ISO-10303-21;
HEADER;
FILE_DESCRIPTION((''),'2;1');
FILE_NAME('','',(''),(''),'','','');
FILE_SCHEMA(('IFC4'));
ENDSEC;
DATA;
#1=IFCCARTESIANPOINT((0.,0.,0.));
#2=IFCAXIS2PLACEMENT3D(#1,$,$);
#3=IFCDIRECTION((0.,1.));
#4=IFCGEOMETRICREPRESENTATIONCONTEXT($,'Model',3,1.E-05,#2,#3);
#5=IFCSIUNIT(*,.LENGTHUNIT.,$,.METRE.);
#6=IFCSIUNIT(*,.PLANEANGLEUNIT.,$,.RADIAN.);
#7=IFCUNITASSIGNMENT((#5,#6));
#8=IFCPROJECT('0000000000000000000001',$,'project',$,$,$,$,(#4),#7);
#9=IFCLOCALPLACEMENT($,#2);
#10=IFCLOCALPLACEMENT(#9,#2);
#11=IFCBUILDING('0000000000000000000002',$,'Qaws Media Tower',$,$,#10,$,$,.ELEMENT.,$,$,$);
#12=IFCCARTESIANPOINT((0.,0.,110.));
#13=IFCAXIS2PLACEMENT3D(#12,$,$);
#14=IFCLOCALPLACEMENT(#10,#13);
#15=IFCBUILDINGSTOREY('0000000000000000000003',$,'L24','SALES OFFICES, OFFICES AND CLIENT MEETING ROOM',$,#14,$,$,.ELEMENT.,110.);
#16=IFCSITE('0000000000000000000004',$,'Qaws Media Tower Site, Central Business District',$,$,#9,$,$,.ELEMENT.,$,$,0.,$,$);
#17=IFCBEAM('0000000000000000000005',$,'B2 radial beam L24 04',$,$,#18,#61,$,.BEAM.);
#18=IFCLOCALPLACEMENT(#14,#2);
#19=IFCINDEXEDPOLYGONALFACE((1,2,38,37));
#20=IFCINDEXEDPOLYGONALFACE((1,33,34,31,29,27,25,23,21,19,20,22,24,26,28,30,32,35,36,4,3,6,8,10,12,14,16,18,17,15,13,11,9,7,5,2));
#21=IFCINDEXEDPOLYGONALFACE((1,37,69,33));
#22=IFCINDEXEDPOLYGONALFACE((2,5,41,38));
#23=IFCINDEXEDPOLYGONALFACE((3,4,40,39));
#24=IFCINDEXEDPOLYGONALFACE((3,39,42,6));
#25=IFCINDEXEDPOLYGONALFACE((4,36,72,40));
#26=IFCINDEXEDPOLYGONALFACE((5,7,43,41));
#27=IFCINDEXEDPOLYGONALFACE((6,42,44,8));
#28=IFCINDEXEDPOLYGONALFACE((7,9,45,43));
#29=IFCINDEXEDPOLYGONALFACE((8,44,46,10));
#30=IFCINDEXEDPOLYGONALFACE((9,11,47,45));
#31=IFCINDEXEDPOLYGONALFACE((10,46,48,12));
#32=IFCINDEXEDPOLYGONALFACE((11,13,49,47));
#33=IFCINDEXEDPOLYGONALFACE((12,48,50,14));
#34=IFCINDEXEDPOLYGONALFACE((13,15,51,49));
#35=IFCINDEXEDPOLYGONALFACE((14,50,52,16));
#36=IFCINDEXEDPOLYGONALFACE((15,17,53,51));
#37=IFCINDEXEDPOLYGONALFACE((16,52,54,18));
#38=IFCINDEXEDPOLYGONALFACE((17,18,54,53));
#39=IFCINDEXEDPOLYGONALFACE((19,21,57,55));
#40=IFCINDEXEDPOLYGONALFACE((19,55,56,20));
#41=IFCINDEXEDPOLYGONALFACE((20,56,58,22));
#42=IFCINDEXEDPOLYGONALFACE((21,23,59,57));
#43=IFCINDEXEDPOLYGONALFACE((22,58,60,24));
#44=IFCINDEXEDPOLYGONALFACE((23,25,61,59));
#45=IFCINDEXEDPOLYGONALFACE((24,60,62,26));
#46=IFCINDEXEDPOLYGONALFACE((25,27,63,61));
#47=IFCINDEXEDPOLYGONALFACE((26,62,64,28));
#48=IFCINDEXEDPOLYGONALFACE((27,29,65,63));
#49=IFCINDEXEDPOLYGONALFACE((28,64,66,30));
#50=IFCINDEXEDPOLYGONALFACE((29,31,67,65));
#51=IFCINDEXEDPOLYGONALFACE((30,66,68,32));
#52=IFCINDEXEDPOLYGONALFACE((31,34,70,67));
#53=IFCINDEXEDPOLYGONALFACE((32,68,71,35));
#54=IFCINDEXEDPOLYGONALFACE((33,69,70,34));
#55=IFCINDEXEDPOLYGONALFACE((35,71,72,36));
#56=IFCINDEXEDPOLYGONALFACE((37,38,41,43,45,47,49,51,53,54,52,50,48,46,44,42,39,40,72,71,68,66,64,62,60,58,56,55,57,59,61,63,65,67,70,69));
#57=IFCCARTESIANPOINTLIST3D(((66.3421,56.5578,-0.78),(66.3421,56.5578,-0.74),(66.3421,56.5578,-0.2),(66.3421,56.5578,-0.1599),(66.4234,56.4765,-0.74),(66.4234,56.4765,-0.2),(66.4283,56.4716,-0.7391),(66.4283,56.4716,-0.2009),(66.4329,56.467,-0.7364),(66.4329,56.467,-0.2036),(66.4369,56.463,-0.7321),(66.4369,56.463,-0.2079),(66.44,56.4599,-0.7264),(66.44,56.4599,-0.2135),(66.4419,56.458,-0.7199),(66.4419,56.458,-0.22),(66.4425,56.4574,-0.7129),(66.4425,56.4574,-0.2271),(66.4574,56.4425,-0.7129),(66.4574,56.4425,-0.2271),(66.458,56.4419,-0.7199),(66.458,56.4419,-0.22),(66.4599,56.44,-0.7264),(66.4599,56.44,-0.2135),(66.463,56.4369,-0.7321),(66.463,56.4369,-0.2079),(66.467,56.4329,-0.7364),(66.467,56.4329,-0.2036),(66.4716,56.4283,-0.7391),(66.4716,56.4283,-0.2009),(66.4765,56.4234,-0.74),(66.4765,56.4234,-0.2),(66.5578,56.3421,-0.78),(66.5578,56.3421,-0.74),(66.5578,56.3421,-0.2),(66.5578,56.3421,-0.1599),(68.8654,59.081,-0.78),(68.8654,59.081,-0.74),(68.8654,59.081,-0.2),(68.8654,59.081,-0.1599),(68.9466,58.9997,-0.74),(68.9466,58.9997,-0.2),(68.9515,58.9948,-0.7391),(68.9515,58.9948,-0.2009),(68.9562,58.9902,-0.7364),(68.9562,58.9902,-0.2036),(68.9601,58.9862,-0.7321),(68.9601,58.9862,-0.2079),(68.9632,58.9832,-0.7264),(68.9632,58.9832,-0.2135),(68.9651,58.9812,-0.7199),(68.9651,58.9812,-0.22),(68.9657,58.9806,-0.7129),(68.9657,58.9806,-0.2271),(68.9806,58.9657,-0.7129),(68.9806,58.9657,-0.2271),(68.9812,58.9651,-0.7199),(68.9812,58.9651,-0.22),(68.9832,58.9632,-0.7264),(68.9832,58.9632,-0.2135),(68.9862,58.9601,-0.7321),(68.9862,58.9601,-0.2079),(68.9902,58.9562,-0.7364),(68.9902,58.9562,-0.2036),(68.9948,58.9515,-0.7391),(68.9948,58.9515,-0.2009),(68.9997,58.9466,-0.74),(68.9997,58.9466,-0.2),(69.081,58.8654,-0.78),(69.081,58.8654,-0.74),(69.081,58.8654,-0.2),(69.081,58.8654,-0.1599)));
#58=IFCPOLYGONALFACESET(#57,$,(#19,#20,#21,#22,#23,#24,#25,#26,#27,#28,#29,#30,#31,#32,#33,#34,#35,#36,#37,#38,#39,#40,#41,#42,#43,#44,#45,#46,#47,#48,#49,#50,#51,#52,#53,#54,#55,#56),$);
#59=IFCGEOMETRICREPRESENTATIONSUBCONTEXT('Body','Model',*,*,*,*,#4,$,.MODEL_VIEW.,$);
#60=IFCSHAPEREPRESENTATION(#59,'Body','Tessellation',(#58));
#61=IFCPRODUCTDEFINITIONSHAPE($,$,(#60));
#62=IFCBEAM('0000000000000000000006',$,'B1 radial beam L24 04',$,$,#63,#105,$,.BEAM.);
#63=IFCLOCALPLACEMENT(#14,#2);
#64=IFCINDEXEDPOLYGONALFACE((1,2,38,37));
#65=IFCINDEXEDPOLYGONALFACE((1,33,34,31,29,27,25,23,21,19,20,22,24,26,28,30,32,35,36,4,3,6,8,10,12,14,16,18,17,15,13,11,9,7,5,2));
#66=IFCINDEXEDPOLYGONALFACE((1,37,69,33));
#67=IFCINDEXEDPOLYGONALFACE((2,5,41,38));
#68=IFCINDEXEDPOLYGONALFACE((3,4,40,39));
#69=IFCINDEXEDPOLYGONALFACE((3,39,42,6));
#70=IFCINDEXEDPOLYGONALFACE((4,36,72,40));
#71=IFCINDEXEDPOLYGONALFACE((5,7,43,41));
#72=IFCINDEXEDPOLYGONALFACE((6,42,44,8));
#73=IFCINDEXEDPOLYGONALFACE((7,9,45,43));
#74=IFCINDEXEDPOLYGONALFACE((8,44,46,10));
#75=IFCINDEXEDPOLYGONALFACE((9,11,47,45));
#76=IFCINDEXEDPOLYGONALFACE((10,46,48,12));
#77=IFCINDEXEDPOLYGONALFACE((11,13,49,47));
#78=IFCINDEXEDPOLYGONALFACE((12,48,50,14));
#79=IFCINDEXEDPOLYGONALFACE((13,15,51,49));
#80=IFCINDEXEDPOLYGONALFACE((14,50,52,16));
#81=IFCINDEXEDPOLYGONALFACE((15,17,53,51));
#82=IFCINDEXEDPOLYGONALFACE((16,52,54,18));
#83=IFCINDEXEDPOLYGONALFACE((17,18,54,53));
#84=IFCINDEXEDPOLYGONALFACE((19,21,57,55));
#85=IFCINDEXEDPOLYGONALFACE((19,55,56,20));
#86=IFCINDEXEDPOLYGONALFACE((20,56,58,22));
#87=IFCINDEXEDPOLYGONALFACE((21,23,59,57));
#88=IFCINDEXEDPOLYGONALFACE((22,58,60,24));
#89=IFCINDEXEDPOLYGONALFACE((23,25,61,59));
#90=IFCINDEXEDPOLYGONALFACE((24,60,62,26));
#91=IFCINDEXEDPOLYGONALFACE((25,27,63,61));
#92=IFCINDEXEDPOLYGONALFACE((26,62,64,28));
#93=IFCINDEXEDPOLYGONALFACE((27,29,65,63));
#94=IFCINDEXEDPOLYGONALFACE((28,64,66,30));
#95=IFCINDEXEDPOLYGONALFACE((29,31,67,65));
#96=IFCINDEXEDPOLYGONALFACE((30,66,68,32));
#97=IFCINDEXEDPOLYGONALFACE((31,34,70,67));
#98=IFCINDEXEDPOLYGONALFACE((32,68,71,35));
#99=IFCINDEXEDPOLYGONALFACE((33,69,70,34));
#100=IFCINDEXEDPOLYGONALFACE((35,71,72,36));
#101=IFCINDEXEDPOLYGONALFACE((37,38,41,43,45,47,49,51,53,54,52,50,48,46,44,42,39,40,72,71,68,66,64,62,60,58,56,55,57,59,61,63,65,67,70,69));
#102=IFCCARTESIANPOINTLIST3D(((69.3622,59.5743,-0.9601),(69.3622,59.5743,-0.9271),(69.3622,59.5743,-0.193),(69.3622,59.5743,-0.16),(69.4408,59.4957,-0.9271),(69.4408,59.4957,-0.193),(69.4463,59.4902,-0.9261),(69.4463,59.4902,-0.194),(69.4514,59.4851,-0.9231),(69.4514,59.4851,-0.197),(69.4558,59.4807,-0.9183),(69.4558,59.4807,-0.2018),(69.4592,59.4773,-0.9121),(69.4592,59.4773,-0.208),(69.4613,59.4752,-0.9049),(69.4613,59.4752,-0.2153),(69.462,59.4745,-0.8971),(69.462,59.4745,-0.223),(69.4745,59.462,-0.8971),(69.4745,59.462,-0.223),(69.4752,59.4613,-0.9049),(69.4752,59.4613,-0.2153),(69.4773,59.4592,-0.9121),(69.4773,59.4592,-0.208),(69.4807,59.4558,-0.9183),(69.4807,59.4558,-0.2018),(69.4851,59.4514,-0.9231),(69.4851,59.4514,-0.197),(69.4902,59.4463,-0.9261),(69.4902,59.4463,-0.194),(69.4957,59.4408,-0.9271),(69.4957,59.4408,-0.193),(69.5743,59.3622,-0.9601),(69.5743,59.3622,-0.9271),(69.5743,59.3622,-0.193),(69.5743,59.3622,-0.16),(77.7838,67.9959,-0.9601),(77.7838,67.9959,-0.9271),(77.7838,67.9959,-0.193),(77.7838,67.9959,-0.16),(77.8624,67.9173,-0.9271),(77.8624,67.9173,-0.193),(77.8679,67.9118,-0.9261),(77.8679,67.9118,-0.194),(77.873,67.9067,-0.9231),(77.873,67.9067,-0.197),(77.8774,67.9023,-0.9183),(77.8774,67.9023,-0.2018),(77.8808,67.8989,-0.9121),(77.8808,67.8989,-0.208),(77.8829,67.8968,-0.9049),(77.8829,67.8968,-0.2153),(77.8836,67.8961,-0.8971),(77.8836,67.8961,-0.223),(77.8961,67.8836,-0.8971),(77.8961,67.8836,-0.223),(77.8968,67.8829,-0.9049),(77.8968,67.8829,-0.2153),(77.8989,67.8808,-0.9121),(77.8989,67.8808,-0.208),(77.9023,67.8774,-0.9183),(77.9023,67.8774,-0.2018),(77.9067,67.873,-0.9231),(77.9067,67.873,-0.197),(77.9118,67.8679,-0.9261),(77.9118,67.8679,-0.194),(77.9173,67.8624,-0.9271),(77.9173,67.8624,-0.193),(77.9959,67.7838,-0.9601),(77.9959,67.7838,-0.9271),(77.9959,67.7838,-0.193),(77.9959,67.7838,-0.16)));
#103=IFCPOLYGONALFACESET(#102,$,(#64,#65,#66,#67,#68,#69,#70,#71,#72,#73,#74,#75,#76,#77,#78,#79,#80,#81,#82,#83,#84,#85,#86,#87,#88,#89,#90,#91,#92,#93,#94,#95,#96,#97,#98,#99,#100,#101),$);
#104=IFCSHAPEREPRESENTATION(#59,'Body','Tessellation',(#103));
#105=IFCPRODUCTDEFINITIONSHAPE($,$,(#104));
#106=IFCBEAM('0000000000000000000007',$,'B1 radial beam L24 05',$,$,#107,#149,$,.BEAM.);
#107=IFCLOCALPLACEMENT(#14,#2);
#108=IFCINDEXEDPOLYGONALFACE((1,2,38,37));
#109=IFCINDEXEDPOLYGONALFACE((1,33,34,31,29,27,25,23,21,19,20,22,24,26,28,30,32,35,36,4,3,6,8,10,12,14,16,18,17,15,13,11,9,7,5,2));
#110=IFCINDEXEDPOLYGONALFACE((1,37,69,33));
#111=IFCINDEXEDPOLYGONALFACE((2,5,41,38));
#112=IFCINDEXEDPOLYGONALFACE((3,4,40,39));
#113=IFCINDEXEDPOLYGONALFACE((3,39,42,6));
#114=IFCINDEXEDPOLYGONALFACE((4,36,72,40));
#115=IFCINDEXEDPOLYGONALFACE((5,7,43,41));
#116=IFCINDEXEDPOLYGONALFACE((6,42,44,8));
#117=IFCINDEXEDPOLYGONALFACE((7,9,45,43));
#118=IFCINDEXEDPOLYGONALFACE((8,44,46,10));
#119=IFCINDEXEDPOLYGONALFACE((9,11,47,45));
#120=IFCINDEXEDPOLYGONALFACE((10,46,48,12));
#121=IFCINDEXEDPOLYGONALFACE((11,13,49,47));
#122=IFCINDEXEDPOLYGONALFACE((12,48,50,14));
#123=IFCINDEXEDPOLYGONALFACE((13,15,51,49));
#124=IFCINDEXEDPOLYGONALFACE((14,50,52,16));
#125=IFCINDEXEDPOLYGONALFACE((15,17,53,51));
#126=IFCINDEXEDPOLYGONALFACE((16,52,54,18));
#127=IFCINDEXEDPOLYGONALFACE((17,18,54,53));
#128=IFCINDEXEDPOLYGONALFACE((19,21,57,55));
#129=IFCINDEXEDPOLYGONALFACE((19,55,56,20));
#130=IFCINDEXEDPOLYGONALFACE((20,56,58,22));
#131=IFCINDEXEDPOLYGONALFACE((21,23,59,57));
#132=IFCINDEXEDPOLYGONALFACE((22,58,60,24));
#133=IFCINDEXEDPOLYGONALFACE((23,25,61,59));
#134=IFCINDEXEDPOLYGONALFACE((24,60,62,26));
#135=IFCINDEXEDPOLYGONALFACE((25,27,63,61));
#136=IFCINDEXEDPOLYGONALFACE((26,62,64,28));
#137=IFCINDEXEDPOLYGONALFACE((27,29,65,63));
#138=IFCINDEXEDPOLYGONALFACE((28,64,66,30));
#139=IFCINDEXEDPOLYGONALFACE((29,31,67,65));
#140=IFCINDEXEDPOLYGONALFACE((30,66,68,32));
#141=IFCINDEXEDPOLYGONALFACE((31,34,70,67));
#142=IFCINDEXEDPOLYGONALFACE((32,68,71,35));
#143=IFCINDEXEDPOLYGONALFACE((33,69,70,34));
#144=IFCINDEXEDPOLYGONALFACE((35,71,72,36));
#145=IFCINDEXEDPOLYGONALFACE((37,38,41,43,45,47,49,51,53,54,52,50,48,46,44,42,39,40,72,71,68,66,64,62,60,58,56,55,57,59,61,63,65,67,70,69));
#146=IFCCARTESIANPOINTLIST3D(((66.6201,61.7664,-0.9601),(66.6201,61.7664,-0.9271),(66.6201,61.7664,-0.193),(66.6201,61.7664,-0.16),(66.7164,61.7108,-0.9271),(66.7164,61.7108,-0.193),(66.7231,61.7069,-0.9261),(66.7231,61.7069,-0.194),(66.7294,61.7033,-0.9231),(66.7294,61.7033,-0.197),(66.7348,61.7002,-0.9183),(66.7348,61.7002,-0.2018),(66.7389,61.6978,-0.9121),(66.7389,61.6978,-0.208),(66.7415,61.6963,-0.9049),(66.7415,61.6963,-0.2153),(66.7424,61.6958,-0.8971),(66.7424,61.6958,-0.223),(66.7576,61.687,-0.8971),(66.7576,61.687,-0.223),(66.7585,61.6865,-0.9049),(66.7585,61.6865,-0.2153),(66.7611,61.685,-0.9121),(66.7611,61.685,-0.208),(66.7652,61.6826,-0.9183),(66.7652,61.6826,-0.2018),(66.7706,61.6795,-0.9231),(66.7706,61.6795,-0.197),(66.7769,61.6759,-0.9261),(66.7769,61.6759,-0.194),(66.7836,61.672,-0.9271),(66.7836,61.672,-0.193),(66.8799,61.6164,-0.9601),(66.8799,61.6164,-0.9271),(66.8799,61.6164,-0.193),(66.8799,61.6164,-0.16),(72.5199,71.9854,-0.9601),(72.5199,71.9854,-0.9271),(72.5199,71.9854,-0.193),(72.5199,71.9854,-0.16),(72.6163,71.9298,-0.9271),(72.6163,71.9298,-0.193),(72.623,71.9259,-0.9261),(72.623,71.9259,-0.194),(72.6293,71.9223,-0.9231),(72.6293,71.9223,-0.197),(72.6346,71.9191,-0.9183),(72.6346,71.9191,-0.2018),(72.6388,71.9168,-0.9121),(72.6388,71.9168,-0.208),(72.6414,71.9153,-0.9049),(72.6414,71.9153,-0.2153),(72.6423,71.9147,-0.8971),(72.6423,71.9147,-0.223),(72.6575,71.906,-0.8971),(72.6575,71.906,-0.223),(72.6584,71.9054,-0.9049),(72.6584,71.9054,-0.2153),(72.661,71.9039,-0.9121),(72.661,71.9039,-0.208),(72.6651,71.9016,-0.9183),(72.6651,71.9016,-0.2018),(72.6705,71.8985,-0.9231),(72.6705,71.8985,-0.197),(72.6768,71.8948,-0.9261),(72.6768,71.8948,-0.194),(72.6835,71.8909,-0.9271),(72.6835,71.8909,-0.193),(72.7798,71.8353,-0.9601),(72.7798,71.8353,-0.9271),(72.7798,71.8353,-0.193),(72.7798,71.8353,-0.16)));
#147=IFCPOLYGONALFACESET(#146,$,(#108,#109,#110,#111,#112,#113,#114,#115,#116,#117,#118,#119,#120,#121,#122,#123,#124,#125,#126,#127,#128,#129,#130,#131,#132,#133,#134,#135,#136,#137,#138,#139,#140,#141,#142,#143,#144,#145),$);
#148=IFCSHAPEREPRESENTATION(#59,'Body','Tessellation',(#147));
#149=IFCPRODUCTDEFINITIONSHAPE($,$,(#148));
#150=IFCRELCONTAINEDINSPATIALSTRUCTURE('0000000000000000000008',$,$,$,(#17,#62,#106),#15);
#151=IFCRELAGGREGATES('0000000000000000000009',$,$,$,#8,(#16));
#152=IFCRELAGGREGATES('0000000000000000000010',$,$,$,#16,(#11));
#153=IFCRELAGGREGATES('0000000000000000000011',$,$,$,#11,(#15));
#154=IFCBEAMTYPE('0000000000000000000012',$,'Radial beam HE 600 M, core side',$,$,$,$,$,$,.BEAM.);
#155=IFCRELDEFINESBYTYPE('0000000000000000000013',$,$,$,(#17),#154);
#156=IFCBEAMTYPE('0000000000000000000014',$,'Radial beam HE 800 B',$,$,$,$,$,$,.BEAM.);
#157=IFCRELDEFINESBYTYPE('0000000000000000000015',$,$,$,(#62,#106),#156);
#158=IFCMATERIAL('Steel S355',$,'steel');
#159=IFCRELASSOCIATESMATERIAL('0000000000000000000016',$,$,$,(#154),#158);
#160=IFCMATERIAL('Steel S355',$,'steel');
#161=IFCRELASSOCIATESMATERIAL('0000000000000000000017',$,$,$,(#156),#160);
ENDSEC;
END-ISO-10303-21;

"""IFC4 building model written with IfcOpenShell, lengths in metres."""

from ifc_helpers import new_model, si_unit, direction, frame, origin, origin_2d, place, context, subcontext, project, spatial, i_section, extrude, material, material_profile, profile_set, type_object, element, save


model = new_model("IFC4")

# Units and contexts
model_context = context("Model", 3, precision=1e-05, world=origin(), true_north=direction((0.0, 1.0)))
body_context = subcontext(model_context, "Body", "Model", "MODEL_VIEW")
ifc_project = project(units=[si_unit("LENGTHUNIT", "METRE"), si_unit("PLANEANGLEUNIT", "RADIAN")], contexts=[model_context])

# Site, building, storey
site_placement = place(None, origin())
site = spatial("IfcSite", under=ifc_project, at=site_placement, Name="Qaws Media Tower Site, Central Business District", CompositionType="ELEMENT", RefElevation=0.0)
building_placement = place(site_placement, origin())
building = spatial("IfcBuilding", under=site, at=building_placement, Name="Qaws Media Tower", CompositionType="ELEMENT")
storey_placement = place(building_placement, frame((0.0, 0.0, 110.0)))
storey = spatial("IfcBuildingStorey", under=building, at=storey_placement, Name="L24", Description="SALES OFFICES, OFFICES AND CLIENT MEETING ROOM", CompositionType="ELEMENT", Elevation=110.0)

# Beams
ifc_material_1 = material(Name="Steel S355", Category="steel")
ifc_material_profile_1 = material_profile(ifc_material_1, i_section(OverallWidth=0.3049, OverallDepth=0.6201, WebThickness=0.021, FlangeThickness=0.04, FilletRadius=0.0271, at=origin_2d()), Name="HE 600 M")
ifc_profile_set_1 = profile_set([ifc_material_profile_1], Name="Steel S355")
beam_type_1 = type_object("IfcBeamType", Name="Radial beam HE 600 M, core side", PredefinedType="BEAM", material=ifc_profile_set_1)
beam_1_placement = place(storey_placement, frame((66.45, 56.45, -0.47), z_axis=(0.707107, 0.707107, 0.0), x_axis=(-0.707107, 0.707107, 0.0)))
element("IfcBeam", 1, at=beam_1_placement, inside=storey, type_object=beam_type_1, Name="B2 radial beam L24 04", PredefinedType="BEAM", context=body_context, shape_type="SweptSolid", body=[
    extrude(i_section(OverallWidth=0.3049, OverallDepth=0.6201, WebThickness=0.021, FlangeThickness=0.04, FilletRadius=0.0271, at=origin_2d()), origin(), (0.0, 0.0, 1.0), 3.5684),
])
ifc_material_2 = material(Name="Steel S355", Category="steel")
ifc_material_profile_2 = material_profile(ifc_material_2, i_section(OverallWidth=0.3, OverallDepth=0.8, WebThickness=0.0176, FlangeThickness=0.033, FilletRadius=0.03, at=origin_2d()), Name="HE 800 B")
ifc_profile_set_2 = profile_set([ifc_material_profile_2], Name="Steel S355")
beam_type_2 = type_object("IfcBeamType", Name="Radial beam HE 800 B", PredefinedType="BEAM", material=ifc_profile_set_2)
beam_2_placement = place(storey_placement, frame((69.4683, 59.4683, -0.5601), z_axis=(0.707107, 0.707107, 0.0), x_axis=(-0.707107, 0.707107, 0.0)))
element("IfcBeam", 2, at=beam_2_placement, inside=storey, type_object=beam_type_2, Name="B1 radial beam L24 04", PredefinedType="BEAM", context=body_context, shape_type="SweptSolid", body=[
    extrude(i_section(OverallWidth=0.3, OverallDepth=0.8, WebThickness=0.0176, FlangeThickness=0.033, FilletRadius=0.03, at=origin_2d()), origin(), (0.0, 0.0, 1.0), 11.9099),
])
beam_3_placement = place(storey_placement, frame((66.75, 61.6914, -0.5601), z_axis=(0.499998, 0.866027, 0.0), x_axis=(-0.866027, 0.499998, 0.0)))
element("IfcBeam", 3, at=beam_3_placement, inside=storey, type_object=beam_type_2, Name="B1 radial beam L24 05", PredefinedType="BEAM", context=body_context, shape_type="SweptSolid", body=[
    extrude(i_section(OverallWidth=0.3, OverallDepth=0.8, WebThickness=0.0176, FlangeThickness=0.033, FilletRadius=0.03, at=origin_2d()), origin(), (0.0, 0.0, 1.0), 11.7998),
])

save(model, "model.ifc")
